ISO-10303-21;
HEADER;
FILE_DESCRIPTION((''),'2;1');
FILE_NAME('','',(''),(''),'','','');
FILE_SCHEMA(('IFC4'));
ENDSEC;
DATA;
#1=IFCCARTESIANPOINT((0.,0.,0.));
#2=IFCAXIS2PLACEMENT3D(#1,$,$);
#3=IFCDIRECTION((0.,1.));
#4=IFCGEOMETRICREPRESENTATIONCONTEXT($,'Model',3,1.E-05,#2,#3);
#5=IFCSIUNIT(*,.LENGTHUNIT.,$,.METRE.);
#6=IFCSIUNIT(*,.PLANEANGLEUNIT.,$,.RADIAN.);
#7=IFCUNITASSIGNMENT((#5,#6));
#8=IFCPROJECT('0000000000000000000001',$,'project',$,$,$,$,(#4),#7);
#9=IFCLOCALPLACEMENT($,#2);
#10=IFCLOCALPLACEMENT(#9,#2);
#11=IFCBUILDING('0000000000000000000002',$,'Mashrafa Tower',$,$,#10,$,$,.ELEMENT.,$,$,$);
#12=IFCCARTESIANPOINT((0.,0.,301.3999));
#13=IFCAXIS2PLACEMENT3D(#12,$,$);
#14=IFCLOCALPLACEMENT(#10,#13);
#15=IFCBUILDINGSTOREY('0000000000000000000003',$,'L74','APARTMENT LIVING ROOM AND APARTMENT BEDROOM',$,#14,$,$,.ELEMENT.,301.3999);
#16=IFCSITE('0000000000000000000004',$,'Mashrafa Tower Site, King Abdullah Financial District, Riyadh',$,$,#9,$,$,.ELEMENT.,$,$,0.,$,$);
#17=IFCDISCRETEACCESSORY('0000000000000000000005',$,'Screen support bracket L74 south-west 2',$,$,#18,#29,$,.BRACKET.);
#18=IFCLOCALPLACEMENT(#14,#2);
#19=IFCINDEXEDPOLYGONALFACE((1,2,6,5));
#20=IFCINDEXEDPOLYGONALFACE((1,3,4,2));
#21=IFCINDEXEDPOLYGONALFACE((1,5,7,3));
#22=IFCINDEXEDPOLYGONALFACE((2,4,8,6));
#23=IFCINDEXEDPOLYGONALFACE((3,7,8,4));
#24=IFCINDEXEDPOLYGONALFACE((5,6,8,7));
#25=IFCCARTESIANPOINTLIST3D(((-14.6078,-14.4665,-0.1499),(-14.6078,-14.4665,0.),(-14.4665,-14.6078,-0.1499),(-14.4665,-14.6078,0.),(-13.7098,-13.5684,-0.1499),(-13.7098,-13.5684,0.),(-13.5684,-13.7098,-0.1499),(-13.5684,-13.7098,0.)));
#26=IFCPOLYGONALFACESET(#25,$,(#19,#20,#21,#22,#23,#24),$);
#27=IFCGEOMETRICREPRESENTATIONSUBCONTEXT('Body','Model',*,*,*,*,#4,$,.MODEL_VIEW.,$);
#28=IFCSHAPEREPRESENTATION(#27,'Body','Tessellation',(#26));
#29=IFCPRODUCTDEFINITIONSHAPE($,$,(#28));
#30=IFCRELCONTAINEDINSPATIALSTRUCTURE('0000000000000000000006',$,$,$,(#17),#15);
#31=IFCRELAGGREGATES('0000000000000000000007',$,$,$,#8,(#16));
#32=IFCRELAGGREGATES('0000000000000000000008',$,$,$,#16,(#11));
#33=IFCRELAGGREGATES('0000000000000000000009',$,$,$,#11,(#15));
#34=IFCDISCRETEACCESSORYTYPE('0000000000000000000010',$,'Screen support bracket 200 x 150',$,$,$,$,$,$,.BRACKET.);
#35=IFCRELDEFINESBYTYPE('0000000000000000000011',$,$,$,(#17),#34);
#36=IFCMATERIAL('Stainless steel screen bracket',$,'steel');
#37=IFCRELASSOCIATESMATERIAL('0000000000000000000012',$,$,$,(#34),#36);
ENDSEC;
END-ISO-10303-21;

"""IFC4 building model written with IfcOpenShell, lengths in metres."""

from ifc_helpers import new_model, si_unit, direction, frame, origin, origin_2d, place, context, subcontext, project, spatial, rectangle, extrude, source, transform, mapped, material, type_object, type_shapes, element, save


model = new_model("IFC4")

# Units and contexts
model_context = context("Model", 3, precision=1e-05, world=origin(), true_north=direction((0.0, 1.0)))
body_context = subcontext(model_context, "Body", "Model", "MODEL_VIEW")
ifc_project = project(units=[si_unit("LENGTHUNIT", "METRE"), si_unit("PLANEANGLEUNIT", "RADIAN")], contexts=[model_context])

# Site, building, storey
site_placement = place(None, origin())
site = spatial("IfcSite", under=ifc_project, at=site_placement, Name="Mashrafa Tower Site, King Abdullah Financial District, Riyadh", CompositionType="ELEMENT", RefElevation=0.0)
building_placement = place(site_placement, origin())
building = spatial("IfcBuilding", under=site, at=building_placement, Name="Mashrafa Tower", CompositionType="ELEMENT")
storey_placement = place(building_placement, frame((0.0, 0.0, 301.3999)))
storey = spatial("IfcBuildingStorey", under=building, at=storey_placement, Name="L74", Description="APARTMENT LIVING ROOM AND APARTMENT BEDROOM", CompositionType="ELEMENT", Elevation=301.3999)

# Discrete accessory
ifc_material_1 = material(Name="Stainless steel screen bracket", Category="steel")
discrete_accessory_type = type_object("IfcDiscreteAccessoryType", Name="Screen support bracket 200 x 150", PredefinedType="BRACKET", material=ifc_material_1)
shared_shape_1 = source(origin(), body_context, "Body", "SweptSolid", [
    extrude(rectangle(XDim=0.2, YDim=1.27, at=origin_2d()), origin(), (0.0, 0.0, 1.0), 0.1499),
])
type_shapes(discrete_accessory_type, [shared_shape_1])
for number, where, z_axis, x_axis, name in (
    (1, (-14.0881, -14.0881, -0.1499), (0.0, 0.0, 1.0), (0.707107, -0.707107, 0.0), "Screen support bracket L74 south-west 2"),
):
    element("IfcDiscreteAccessory", number, at=place(storey_placement, frame(where, z_axis=z_axis, x_axis=x_axis)), inside=storey, type_object=discrete_accessory_type, Name=name, PredefinedType="BRACKET", context=body_context, shape_type="MappedRepresentation", body=[
        mapped(shared_shape_1, transform((0.0, 0.0, 0.0))),
    ])

save(model, "model.ifc")
